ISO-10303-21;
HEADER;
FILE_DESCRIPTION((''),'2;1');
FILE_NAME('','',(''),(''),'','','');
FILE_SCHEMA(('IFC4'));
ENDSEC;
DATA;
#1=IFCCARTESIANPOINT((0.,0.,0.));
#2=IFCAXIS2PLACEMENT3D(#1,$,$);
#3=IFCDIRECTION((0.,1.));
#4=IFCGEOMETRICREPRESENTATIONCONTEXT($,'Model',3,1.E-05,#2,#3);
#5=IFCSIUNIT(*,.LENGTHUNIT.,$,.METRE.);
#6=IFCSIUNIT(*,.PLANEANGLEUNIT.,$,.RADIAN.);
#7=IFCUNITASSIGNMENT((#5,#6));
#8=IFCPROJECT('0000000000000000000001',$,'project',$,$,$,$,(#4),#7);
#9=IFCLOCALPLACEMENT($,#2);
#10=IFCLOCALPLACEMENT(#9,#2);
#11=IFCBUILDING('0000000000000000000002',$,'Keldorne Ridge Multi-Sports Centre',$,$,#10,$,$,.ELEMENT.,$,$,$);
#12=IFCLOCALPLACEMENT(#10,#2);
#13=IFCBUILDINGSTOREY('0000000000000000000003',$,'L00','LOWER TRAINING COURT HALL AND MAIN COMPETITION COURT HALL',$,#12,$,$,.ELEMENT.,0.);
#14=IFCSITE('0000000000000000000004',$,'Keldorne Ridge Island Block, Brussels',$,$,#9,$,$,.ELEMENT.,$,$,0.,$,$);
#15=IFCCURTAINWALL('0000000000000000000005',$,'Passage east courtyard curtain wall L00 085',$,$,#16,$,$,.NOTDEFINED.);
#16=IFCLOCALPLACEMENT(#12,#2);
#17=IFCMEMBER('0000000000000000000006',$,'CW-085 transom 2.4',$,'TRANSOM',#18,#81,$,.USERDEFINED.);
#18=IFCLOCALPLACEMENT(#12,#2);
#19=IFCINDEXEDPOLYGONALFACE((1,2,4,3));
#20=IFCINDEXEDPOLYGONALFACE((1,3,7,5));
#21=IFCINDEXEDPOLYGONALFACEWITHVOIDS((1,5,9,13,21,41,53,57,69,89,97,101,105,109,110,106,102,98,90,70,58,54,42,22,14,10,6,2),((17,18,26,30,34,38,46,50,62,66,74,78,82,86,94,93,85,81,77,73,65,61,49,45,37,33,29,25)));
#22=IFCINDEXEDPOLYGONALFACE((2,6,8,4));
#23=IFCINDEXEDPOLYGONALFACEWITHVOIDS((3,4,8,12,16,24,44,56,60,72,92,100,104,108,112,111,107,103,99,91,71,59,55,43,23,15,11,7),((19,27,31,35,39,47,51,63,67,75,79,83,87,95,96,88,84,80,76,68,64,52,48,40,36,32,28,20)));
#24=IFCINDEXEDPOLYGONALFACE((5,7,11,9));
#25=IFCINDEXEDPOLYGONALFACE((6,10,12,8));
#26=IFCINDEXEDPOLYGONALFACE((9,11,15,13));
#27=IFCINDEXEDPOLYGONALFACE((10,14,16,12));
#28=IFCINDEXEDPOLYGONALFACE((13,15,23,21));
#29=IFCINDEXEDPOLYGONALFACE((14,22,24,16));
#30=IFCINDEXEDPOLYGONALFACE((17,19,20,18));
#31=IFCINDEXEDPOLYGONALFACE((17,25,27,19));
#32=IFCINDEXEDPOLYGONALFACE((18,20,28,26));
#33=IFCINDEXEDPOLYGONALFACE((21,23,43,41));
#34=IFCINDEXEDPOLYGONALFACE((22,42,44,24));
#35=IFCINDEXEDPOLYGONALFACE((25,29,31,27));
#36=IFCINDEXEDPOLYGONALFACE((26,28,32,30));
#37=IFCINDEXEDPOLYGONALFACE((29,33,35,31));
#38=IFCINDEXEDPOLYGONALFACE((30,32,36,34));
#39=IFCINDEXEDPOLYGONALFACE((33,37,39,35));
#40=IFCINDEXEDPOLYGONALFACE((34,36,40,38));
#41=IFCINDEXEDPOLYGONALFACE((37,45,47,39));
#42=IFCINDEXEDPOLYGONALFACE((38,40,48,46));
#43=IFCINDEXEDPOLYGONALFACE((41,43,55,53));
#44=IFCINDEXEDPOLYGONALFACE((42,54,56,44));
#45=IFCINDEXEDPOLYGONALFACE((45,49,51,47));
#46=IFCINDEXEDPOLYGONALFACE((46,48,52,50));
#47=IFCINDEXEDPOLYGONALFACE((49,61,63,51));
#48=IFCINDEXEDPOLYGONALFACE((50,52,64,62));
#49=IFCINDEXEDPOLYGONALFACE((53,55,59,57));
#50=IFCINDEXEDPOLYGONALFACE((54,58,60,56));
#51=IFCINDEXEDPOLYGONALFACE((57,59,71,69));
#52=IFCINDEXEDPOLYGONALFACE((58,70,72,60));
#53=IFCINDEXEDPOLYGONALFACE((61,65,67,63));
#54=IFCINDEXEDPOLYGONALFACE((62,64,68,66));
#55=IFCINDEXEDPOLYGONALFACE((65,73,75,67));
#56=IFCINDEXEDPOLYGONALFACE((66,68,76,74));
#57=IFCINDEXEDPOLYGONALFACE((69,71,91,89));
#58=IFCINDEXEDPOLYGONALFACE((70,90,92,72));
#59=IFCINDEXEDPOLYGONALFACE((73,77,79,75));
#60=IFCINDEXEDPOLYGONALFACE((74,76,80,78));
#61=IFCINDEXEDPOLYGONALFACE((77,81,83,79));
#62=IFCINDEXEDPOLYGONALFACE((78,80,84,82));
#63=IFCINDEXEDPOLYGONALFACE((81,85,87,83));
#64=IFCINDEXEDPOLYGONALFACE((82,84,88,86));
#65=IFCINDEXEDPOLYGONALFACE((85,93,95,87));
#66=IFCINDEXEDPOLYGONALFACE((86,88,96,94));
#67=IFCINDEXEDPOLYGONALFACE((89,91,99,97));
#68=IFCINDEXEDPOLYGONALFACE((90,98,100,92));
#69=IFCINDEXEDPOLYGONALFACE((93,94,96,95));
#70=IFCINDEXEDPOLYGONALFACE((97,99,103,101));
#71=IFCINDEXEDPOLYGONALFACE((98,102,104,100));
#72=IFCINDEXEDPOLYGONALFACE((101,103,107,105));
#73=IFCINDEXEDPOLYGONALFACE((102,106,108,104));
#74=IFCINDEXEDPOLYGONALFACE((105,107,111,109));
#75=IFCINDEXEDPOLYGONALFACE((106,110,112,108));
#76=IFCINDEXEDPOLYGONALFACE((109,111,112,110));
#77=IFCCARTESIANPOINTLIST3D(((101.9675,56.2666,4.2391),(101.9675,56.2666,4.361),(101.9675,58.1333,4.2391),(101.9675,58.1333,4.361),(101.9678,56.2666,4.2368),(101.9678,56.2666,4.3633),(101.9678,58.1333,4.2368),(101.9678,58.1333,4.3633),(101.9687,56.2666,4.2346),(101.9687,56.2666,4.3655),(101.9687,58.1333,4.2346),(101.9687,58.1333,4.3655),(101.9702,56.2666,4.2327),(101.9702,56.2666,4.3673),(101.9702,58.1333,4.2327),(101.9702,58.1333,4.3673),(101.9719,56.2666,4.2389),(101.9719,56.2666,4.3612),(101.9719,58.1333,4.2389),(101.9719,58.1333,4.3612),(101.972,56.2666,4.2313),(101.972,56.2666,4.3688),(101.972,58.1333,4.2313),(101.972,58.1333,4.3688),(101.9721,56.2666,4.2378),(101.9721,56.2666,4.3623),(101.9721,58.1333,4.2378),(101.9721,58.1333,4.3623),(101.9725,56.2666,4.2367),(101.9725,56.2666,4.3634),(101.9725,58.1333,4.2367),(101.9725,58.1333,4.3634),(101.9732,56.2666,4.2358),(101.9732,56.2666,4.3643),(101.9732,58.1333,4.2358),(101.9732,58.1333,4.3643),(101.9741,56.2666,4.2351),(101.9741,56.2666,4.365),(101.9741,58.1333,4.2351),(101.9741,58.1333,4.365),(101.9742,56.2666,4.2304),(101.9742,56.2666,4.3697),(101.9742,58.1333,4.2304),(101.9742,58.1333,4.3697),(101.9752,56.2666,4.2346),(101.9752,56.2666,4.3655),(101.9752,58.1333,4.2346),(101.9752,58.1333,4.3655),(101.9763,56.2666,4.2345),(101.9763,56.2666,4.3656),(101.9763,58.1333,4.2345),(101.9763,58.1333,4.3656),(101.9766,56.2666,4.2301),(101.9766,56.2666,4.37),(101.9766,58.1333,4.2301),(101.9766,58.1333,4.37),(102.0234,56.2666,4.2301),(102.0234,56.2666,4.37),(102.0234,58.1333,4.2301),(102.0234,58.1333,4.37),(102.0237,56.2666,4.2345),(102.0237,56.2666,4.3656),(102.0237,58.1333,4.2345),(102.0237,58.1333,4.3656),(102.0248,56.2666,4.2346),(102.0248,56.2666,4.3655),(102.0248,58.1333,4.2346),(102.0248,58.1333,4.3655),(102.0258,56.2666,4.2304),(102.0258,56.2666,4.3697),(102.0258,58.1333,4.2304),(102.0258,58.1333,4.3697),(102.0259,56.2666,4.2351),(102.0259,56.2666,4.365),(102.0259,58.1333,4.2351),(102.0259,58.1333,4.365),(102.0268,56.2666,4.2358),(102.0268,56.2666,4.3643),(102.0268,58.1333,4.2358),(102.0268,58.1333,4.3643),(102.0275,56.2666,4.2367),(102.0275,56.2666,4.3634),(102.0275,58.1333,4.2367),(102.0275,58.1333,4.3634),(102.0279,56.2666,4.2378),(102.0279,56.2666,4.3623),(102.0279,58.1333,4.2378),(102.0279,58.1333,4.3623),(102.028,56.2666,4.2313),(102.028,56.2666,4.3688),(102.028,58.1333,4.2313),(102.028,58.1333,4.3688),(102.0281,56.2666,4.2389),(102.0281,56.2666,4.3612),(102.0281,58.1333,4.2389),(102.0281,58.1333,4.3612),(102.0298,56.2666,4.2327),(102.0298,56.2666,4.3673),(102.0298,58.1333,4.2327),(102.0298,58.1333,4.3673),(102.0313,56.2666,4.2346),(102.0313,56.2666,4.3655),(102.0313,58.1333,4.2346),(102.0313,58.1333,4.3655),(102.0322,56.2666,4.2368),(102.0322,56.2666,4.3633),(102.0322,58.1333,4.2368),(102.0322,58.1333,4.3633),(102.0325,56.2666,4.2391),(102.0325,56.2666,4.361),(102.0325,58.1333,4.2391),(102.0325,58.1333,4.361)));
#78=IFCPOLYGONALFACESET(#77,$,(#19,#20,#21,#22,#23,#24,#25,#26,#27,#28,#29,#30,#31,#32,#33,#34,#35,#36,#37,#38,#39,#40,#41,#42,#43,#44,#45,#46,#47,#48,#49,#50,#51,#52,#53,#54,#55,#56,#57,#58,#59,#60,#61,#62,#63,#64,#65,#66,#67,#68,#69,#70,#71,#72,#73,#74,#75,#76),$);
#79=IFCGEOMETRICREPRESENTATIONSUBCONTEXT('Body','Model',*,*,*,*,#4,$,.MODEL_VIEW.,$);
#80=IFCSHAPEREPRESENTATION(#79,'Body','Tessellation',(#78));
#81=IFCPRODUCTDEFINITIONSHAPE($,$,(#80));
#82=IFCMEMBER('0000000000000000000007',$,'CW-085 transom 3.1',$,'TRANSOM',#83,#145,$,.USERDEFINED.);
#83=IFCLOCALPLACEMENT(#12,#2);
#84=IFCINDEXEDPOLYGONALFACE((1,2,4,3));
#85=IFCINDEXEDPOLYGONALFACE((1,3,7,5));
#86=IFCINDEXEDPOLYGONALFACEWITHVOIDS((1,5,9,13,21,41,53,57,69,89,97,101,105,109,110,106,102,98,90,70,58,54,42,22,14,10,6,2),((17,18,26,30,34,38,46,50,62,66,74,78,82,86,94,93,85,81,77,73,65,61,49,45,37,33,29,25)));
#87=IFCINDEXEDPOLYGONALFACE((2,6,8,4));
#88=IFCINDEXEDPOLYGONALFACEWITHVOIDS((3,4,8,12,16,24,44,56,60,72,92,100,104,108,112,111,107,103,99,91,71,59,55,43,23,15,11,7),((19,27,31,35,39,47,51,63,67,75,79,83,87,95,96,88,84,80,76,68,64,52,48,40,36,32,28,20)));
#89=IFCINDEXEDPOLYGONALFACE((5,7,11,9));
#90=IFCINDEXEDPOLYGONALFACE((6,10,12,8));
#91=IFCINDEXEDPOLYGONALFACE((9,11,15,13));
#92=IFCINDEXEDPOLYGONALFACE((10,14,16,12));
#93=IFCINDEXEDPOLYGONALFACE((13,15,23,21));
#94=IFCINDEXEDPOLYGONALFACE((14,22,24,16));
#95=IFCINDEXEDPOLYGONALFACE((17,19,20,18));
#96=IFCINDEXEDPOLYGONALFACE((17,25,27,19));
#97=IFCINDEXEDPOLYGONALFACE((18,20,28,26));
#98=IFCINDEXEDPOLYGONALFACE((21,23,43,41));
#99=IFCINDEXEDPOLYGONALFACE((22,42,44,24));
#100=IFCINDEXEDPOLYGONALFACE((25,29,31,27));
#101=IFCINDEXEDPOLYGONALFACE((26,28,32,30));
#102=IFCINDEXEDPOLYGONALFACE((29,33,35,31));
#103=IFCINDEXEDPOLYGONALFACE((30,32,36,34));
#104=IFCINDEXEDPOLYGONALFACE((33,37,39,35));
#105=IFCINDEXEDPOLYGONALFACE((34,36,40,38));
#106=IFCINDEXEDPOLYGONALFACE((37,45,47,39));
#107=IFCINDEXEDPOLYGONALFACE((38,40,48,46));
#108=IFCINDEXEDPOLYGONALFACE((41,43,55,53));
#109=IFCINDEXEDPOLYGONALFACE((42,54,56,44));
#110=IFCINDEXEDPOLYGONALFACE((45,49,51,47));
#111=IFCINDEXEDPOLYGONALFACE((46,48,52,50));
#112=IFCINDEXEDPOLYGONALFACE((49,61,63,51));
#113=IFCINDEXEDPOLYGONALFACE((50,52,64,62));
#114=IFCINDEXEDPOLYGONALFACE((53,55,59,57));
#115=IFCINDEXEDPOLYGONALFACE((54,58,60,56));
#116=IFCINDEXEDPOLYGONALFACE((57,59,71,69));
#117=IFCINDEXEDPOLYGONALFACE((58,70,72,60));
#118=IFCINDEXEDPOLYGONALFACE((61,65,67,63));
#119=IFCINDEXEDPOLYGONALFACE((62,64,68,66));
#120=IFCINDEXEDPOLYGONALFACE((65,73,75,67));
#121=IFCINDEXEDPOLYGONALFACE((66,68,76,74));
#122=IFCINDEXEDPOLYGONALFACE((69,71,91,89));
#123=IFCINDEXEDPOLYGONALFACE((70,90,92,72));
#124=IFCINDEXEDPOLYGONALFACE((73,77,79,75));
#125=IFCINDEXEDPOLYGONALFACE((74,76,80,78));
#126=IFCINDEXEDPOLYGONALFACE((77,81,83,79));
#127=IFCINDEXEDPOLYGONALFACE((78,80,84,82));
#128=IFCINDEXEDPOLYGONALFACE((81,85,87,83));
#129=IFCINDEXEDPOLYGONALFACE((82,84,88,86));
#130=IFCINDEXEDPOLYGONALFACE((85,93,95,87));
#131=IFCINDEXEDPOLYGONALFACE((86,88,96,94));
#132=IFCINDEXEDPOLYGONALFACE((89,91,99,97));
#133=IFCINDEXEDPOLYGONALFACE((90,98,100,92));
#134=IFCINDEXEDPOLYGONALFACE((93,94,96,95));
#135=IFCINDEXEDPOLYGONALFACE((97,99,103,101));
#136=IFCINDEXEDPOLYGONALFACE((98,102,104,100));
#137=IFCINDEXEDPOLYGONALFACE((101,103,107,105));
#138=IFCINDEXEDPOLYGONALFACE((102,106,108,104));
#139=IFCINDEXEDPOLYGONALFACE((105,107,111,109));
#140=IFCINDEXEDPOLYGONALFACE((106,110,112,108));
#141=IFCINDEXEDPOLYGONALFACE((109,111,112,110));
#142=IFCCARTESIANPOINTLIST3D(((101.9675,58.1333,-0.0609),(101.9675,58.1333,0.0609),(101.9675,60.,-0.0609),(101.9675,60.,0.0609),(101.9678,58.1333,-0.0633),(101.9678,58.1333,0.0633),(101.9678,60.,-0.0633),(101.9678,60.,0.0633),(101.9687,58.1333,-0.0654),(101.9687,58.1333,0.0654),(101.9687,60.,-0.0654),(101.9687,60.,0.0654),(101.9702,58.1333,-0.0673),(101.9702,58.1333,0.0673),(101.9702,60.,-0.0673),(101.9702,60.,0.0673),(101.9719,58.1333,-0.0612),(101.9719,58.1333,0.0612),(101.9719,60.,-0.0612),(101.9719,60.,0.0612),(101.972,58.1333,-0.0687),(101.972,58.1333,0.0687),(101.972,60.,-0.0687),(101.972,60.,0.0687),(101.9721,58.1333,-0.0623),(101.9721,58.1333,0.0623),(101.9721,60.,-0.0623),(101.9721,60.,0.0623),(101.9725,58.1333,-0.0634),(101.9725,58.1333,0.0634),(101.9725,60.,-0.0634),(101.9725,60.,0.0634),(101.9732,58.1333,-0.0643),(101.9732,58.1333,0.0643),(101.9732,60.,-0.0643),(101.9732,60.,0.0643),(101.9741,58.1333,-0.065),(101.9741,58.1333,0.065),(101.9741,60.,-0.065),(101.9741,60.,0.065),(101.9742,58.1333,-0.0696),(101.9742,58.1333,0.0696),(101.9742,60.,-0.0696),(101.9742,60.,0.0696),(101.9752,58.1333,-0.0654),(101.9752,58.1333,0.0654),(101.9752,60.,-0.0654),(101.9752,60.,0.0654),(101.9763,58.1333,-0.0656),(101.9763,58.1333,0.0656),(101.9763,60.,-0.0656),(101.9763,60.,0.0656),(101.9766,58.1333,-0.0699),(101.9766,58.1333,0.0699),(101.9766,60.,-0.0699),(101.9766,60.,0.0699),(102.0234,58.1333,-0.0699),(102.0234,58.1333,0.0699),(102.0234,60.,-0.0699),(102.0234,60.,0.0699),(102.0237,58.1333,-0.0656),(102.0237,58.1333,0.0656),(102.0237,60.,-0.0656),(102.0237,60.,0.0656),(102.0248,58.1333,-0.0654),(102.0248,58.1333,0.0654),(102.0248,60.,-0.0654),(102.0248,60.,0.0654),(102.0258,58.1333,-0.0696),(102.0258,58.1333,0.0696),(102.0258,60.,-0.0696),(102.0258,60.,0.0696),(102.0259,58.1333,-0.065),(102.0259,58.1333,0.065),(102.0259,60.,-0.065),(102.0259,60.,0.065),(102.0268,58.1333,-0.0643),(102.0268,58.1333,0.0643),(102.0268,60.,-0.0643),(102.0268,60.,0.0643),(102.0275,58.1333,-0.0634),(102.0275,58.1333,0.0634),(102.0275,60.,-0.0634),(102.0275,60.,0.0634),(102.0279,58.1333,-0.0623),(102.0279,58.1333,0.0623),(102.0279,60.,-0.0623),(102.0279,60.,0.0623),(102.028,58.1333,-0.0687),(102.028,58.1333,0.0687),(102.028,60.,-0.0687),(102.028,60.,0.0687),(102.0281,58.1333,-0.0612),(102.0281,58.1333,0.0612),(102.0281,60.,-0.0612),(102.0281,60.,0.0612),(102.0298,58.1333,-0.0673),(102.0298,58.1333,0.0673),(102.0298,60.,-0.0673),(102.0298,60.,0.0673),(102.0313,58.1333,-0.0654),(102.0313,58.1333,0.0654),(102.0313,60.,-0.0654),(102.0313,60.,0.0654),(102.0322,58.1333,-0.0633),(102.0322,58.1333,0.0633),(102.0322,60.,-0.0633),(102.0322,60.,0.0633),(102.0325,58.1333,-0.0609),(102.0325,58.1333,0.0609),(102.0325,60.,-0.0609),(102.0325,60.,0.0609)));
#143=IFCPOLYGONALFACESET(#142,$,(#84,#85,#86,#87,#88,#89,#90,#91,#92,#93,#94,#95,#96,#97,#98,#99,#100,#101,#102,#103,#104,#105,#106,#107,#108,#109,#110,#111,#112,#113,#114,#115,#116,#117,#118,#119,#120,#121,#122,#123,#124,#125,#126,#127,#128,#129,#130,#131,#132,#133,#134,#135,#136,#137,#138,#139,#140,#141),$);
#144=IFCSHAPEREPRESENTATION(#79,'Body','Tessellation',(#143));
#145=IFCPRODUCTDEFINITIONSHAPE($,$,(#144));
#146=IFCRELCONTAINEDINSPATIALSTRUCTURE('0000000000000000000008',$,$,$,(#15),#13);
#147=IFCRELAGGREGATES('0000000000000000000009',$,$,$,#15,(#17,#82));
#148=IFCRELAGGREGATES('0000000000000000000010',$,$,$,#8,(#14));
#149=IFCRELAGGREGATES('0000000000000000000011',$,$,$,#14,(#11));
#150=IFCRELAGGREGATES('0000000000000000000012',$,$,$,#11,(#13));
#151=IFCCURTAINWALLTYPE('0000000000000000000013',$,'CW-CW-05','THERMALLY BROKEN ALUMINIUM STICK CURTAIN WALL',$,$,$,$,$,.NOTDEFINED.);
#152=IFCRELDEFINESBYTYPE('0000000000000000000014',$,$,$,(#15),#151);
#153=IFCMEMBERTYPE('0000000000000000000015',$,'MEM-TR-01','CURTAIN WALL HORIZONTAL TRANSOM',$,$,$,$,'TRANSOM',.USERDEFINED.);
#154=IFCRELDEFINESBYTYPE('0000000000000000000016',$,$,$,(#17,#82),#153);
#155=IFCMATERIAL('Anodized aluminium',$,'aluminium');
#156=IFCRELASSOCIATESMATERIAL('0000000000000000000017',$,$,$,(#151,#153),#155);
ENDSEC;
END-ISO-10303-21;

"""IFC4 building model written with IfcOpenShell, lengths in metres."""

from ifc_helpers import new_model, si_unit, direction, frame, origin, origin_2d, place, context, subcontext, project, spatial, hollow_rectangle, extrude, material, material_profile, profile_set, type_object, element, aggregate, save


model = new_model("IFC4")

# Units and contexts
model_context = context("Model", 3, precision=1e-05, world=origin(), true_north=direction((0.0, 1.0)))
body_context = subcontext(model_context, "Body", "Model", "MODEL_VIEW")
ifc_project = project(units=[si_unit("LENGTHUNIT", "METRE"), si_unit("PLANEANGLEUNIT", "RADIAN")], contexts=[model_context])

# Site, building, storey
site_placement = place(None, origin())
site = spatial("IfcSite", under=ifc_project, at=site_placement, Name="Keldorne Ridge Island Block, Brussels", CompositionType="ELEMENT", RefElevation=0.0)
building_placement = place(site_placement, origin())
building = spatial("IfcBuilding", under=site, at=building_placement, Name="Keldorne Ridge Multi-Sports Centre", CompositionType="ELEMENT")
storey_placement = place(building_placement, origin())
storey = spatial("IfcBuildingStorey", under=building, at=storey_placement, Name="L00", Description="LOWER TRAINING COURT HALL AND MAIN COMPETITION COURT HALL", CompositionType="ELEMENT", Elevation=0.0)

# Curtain wall, members
ifc_material_1 = material(Name="Anodized aluminium", Category="aluminium")
curtain_wall_type = type_object("IfcCurtainWallType", Name="CW-CW-05", Description="THERMALLY BROKEN ALUMINIUM STICK CURTAIN WALL", PredefinedType="NOTDEFINED", material=ifc_material_1)
curtain_wall_placement = place(storey_placement, origin())
curtain_wall = element("IfcCurtainWall", 1, at=curtain_wall_placement, inside=storey, type_object=curtain_wall_type, Name="Passage east courtyard curtain wall L00 085", PredefinedType="NOTDEFINED")
ifc_material_profile_1 = material_profile(ifc_material_1, hollow_rectangle(XDim=0.0649, YDim=0.1399, WallThickness=0.0044, InnerFilletRadius=0.0044, OuterFilletRadius=0.009, at=origin_2d()), Name="ALU TRANSOM 140x65x4.5")
ifc_profile_set_1 = profile_set([ifc_material_profile_1], Name="Anodized aluminium")
member_type_1 = type_object("IfcMemberType", Name="MEM-TR-01", Description="CURTAIN WALL HORIZONTAL TRANSOM", ElementType="TRANSOM", PredefinedType="USERDEFINED", material=ifc_profile_set_1)
member_1_placement = place(storey_placement, frame((102.0, 56.2666, 4.3), z_axis=(0.0, 1.0, 0.0), x_axis=(-1.0, 0.0, 0.0)))
member_1 = element("IfcMember", 2, at=member_1_placement, type_object=member_type_1, Name="CW-085 transom 2.4", ObjectType="TRANSOM", PredefinedType="USERDEFINED", context=body_context, shape_type="SweptSolid", body=[
    extrude(hollow_rectangle(XDim=0.0649, YDim=0.1399, WallThickness=0.0044, InnerFilletRadius=0.0044, OuterFilletRadius=0.009, at=origin_2d()), origin(), (0.0, 0.0, 1.0), 1.8667),
])
member_2_placement = place(storey_placement, frame((102.0, 58.1333, 0.0), z_axis=(0.0, 1.0, 0.0), x_axis=(-1.0, 0.0, 0.0)))
member_2 = element("IfcMember", 3, at=member_2_placement, type_object=member_type_1, Name="CW-085 transom 3.1", ObjectType="TRANSOM", PredefinedType="USERDEFINED", context=body_context, shape_type="SweptSolid", body=[
    extrude(hollow_rectangle(XDim=0.0649, YDim=0.1399, WallThickness=0.0044, InnerFilletRadius=0.0044, OuterFilletRadius=0.009, at=origin_2d()), origin(), (0.0, 0.0, 1.0), 1.8667),
])
aggregate(curtain_wall, [member_1, member_2])

save(model, "model.ifc")
